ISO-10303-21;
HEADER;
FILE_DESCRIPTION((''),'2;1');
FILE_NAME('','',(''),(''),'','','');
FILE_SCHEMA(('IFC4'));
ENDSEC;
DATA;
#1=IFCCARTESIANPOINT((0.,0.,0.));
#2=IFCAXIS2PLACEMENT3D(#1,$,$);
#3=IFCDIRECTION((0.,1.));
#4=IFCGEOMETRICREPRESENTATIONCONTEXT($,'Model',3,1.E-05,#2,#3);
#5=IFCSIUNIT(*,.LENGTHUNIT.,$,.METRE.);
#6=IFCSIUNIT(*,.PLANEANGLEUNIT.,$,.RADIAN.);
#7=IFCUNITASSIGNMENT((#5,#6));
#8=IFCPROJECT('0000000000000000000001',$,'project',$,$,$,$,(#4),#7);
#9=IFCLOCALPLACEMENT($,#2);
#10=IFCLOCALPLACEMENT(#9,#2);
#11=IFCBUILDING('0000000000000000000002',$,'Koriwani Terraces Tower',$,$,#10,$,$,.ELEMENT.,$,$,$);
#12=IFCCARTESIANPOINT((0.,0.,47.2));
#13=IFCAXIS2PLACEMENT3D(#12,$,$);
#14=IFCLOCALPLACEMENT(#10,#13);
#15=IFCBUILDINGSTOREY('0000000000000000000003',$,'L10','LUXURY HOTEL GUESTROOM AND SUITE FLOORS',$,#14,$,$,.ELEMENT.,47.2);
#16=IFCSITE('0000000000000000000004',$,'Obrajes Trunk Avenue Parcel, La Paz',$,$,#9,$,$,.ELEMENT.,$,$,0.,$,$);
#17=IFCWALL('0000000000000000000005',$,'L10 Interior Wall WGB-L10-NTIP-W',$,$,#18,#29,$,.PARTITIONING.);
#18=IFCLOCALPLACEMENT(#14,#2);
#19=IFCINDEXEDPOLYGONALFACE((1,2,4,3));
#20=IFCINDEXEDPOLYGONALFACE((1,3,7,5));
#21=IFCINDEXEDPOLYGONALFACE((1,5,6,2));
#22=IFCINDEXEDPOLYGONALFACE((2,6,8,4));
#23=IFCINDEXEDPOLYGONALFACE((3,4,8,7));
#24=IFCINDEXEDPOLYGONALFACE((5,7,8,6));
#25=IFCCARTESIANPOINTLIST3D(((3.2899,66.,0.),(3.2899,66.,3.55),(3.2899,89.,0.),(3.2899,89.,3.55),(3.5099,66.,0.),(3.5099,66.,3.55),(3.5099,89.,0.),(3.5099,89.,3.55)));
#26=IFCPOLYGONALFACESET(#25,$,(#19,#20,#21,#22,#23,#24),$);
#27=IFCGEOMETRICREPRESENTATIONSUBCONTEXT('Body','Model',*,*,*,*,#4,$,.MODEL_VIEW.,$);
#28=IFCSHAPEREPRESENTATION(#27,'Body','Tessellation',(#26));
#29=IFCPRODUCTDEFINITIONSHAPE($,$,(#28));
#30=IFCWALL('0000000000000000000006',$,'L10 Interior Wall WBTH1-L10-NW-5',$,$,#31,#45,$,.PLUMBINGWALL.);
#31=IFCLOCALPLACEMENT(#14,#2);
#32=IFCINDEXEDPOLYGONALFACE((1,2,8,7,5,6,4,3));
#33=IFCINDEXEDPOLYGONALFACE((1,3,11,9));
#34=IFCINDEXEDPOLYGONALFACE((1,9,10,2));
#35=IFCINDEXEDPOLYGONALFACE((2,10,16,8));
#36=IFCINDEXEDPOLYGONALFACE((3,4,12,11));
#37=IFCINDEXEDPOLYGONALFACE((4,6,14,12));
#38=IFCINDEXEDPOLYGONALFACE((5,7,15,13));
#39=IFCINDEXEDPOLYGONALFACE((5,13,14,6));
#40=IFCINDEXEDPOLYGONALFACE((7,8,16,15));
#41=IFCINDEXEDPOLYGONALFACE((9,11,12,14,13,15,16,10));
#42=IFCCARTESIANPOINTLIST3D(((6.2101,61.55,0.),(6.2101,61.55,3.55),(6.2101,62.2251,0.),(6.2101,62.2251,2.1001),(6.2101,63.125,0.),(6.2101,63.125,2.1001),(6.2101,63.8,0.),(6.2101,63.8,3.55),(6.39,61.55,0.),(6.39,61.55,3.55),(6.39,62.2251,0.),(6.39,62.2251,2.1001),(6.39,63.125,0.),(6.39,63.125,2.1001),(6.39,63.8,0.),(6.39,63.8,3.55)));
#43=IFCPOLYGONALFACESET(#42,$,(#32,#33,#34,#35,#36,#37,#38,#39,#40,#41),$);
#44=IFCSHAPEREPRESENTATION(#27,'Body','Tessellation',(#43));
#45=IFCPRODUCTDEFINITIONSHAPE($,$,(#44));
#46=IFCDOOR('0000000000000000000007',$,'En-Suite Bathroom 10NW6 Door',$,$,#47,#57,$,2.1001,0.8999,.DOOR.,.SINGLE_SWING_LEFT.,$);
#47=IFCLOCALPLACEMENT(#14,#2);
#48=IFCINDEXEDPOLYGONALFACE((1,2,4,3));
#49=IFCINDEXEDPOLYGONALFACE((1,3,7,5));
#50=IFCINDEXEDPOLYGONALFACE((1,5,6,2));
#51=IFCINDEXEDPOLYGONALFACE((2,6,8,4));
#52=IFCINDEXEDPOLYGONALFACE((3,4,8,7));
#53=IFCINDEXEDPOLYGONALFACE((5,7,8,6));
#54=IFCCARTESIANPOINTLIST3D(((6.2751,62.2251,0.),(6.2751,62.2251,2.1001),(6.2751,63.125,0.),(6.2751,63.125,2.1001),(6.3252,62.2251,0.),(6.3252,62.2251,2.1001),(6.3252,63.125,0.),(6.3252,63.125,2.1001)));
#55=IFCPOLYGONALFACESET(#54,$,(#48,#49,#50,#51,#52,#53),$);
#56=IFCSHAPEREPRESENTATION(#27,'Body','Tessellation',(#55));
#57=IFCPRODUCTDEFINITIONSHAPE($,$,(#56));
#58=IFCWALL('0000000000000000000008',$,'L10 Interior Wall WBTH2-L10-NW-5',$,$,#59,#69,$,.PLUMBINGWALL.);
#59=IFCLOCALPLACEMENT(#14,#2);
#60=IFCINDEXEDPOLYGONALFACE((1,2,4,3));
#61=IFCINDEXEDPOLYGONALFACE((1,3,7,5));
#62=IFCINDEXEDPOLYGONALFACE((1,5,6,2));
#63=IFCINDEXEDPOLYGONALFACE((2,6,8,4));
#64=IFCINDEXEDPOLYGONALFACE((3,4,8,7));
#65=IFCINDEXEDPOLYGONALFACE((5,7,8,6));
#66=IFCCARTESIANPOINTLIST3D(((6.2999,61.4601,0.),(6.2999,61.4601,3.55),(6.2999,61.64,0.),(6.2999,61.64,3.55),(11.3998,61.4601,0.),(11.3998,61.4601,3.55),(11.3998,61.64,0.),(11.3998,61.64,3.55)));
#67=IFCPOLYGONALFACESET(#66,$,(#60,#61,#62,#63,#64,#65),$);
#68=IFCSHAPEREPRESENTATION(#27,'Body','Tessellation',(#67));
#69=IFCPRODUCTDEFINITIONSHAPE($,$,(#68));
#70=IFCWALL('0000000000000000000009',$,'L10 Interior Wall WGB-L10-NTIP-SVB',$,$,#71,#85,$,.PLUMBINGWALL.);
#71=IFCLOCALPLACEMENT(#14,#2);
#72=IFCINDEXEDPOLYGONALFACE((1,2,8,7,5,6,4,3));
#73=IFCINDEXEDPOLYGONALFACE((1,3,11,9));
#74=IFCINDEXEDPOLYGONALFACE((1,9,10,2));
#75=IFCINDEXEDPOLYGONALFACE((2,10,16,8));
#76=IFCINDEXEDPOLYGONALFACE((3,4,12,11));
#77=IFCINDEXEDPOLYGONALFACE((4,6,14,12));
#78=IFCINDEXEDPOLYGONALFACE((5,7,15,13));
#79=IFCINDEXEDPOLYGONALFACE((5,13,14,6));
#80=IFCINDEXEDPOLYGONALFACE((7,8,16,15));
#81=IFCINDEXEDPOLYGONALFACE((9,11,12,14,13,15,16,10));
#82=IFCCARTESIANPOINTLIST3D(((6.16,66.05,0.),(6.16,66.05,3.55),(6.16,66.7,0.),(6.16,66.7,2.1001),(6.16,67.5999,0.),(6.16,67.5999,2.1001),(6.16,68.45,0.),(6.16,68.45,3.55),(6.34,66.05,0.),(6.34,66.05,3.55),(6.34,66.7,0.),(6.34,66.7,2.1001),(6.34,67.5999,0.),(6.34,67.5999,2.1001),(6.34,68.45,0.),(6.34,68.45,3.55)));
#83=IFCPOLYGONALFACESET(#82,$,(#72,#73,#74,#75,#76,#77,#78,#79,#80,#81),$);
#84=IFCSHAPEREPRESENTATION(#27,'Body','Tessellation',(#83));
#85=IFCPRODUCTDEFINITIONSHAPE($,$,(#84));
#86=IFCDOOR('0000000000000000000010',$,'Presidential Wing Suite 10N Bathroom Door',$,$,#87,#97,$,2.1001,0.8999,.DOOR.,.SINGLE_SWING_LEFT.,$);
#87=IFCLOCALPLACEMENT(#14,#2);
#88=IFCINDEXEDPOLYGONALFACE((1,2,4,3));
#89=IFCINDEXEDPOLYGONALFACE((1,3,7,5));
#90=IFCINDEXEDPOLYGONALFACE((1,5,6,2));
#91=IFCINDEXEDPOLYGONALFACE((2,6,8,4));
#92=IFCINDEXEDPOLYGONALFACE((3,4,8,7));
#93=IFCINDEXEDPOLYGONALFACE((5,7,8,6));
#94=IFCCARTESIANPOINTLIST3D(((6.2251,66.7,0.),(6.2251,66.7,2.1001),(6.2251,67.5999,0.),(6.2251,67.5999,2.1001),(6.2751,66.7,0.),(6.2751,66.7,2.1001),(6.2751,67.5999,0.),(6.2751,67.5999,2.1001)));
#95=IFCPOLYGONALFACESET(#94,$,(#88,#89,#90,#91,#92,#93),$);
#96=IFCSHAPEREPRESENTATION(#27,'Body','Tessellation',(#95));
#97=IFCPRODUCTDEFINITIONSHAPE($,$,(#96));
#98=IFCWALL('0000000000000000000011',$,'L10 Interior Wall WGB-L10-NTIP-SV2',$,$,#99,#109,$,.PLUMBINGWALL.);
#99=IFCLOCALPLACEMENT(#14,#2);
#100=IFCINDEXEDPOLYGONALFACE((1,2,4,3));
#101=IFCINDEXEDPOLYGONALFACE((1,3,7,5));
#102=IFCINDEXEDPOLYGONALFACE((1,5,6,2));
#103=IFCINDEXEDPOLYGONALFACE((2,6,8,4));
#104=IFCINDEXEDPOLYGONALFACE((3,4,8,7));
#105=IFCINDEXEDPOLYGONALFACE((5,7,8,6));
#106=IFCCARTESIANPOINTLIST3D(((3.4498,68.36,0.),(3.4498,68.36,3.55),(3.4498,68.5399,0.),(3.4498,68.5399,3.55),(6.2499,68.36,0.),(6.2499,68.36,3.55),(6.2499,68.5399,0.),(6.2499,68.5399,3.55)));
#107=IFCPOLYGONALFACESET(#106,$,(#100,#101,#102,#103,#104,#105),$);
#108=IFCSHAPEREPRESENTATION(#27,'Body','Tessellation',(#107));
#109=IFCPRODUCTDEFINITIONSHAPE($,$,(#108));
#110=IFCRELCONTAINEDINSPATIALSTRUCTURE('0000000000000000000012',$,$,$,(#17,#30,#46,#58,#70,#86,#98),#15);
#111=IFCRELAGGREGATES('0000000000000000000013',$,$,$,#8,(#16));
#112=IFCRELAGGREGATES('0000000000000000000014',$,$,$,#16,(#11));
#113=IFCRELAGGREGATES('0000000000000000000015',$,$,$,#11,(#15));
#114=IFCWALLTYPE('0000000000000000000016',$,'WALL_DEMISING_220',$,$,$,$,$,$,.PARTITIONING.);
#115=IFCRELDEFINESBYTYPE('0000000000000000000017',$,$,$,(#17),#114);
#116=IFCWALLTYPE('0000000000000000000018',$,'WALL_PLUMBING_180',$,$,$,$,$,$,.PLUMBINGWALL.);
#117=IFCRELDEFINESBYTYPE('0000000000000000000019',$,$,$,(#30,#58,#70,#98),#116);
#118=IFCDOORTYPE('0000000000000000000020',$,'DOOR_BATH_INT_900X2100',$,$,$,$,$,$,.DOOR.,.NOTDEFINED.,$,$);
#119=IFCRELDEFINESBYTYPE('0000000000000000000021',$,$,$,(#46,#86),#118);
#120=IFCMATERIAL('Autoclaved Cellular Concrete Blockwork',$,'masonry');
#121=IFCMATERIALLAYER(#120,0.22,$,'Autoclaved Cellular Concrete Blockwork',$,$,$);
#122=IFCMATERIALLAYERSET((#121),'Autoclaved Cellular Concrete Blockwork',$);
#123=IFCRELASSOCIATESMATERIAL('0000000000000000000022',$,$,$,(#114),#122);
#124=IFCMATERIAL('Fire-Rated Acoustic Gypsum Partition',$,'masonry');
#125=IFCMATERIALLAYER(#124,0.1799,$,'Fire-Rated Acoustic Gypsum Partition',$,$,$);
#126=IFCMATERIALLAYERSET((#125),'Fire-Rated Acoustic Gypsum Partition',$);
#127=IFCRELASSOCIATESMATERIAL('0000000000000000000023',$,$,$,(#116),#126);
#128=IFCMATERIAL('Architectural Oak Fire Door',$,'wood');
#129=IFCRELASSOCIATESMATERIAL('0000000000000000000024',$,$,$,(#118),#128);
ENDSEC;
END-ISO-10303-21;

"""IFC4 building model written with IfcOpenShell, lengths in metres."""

from ifc_helpers import new_model, si_unit, direction, frame, frame_2d, origin, place, context, subcontext, project, spatial, rectangle, extrude, material, layer, layer_set, type_object, element, fill, save


model = new_model("IFC4")

# Units and contexts
model_context = context("Model", 3, precision=1e-05, world=origin(), true_north=direction((0.0, 1.0)))
body_context = subcontext(model_context, "Body", "Model", "MODEL_VIEW")
ifc_project = project(units=[si_unit("LENGTHUNIT", "METRE"), si_unit("PLANEANGLEUNIT", "RADIAN")], contexts=[model_context])

# Site, building, storey
site_placement = place(None, origin())
site = spatial("IfcSite", under=ifc_project, at=site_placement, Name="Obrajes Trunk Avenue Parcel, La Paz", CompositionType="ELEMENT", RefElevation=0.0)
building_placement = place(site_placement, origin())
building = spatial("IfcBuilding", under=site, at=building_placement, Name="Koriwani Terraces Tower", CompositionType="ELEMENT")
storey_placement = place(building_placement, frame((0.0, 0.0, 47.2)))
storey = spatial("IfcBuildingStorey", under=building, at=storey_placement, Name="L10", Description="LUXURY HOTEL GUESTROOM AND SUITE FLOORS", CompositionType="ELEMENT", Elevation=47.2)

# Shared definitions
ifc_material_1 = material(Name="Autoclaved Cellular Concrete Blockwork", Category="masonry")
ifc_material_2 = material(Name="Architectural Oak Fire Door", Category="wood")

# Wall
ifc_layer_1 = layer(ifc_material_1, 0.22, Name="Autoclaved Cellular Concrete Blockwork")
ifc_layer_set_1 = layer_set([ifc_layer_1], Name="Autoclaved Cellular Concrete Blockwork")
wall_type_1 = type_object("IfcWallType", Name="WALL_DEMISING_220", PredefinedType="PARTITIONING", material=ifc_layer_set_1)
wall_1_placement = place(storey_placement, frame((3.3999, 66.0, 0.0), z_axis=(0.0, 0.0, 1.0), x_axis=(0.0, 1.0, 0.0)))
element("IfcWall", 1, at=wall_1_placement, inside=storey, type_object=wall_type_1, Name="L10 Interior Wall WGB-L10-NTIP-W", PredefinedType="PARTITIONING", context=body_context, shape_type="SweptSolid", body=[
    extrude(rectangle(XDim=23.0, YDim=0.22, at=frame_2d((11.5, 0.0))), origin(), (0.0, 0.0, 1.0), 3.55),
])

# Wall, opening, door
ifc_material_3 = material(Name="Fire-Rated Acoustic Gypsum Partition", Category="masonry")
ifc_layer_2 = layer(ifc_material_3, 0.1799, Name="Fire-Rated Acoustic Gypsum Partition")
ifc_layer_set_2 = layer_set([ifc_layer_2], Name="Fire-Rated Acoustic Gypsum Partition")
wall_type_2 = type_object("IfcWallType", Name="WALL_PLUMBING_180", PredefinedType="PLUMBINGWALL", material=ifc_layer_set_2)
wall_2_placement = place(storey_placement, frame((6.3, 61.55, 0.0), z_axis=(0.0, 0.0, 1.0), x_axis=(0.0, 1.0, 0.0)))
wall_2 = element("IfcWall", 2, at=wall_2_placement, inside=storey, type_object=wall_type_2, Name="L10 Interior Wall WBTH1-L10-NW-5", PredefinedType="PLUMBINGWALL", context=body_context, shape_type="SweptSolid", body=[
    extrude(rectangle(XDim=2.25, YDim=0.1799, at=frame_2d((1.125, 0.0))), origin(), (0.0, 0.0, 1.0), 3.55),
])
opening_1_placement = place(wall_2_placement, frame((0.675, 0.0, 0.0)))
opening_1 = element("IfcOpeningElement", 3, at=opening_1_placement, cuts=wall_2, PredefinedType="OPENING", context=body_context, shape_type="SweptSolid", body=[
    extrude(rectangle(XDim=0.8999, YDim=2.1001, at=frame_2d((0.45, 1.05))), frame((0.0, 0.1001, 0.0), z_axis=(0.0, -1.0, 0.0), x_axis=(1.0, 0.0, 0.0)), (0.0, 0.0, 1.0), 0.2),
])
door_type_1 = type_object("IfcDoorType", Name="DOOR_BATH_INT_900X2100", OperationType="NOTDEFINED", PredefinedType="DOOR", material=ifc_material_2)
door_1_placement = place(opening_1_placement, origin())
door_1 = element("IfcDoor", 4, at=door_1_placement, inside=storey, type_object=door_type_1, Name="En-Suite Bathroom 10NW6 Door", OperationType="SINGLE_SWING_LEFT", OverallHeight=2.1001, OverallWidth=0.8999, PredefinedType="DOOR", context=body_context, shape_type="SweptSolid", body=[
    extrude(rectangle(XDim=0.8999, YDim=2.1001, at=frame_2d((0.45, 1.05))), frame((0.0, 0.0249, 0.0), z_axis=(0.0, -1.0, 0.0), x_axis=(1.0, 0.0, 0.0)), (0.0, 0.0, 1.0), 0.05),
])
fill(opening_1, door_1)

# Wall
wall_3_placement = place(storey_placement, frame((6.3, 61.55, 0.0), z_axis=(0.0, 0.0, 1.0), x_axis=(1.0, 0.0, 0.0)))
element("IfcWall", 5, at=wall_3_placement, inside=storey, type_object=wall_type_2, Name="L10 Interior Wall WBTH2-L10-NW-5", PredefinedType="PLUMBINGWALL", context=body_context, shape_type="SweptSolid", body=[
    extrude(rectangle(XDim=5.0999, YDim=0.1799, at=frame_2d((2.5498, 0.0))), origin(), (0.0, 0.0, 1.0), 3.55),
])

# Wall, opening, door
wall_4_placement = place(storey_placement, frame((6.25, 66.05, 0.0), z_axis=(0.0, 0.0, 1.0), x_axis=(0.0, 1.0, 0.0)))
wall_4 = element("IfcWall", 6, at=wall_4_placement, inside=storey, type_object=wall_type_2, Name="L10 Interior Wall WGB-L10-NTIP-SVB", PredefinedType="PLUMBINGWALL", context=body_context, shape_type="SweptSolid", body=[
    extrude(rectangle(XDim=2.3999, YDim=0.1799, at=frame_2d((1.2, 0.0))), origin(), (0.0, 0.0, 1.0), 3.55),
])
opening_2_placement = place(wall_4_placement, frame((0.6499, 0.0, 0.0)))
opening_2 = element("IfcOpeningElement", 7, at=opening_2_placement, cuts=wall_4, PredefinedType="OPENING", context=body_context, shape_type="SweptSolid", body=[
    extrude(rectangle(XDim=0.8999, YDim=2.1001, at=frame_2d((0.45, 1.05))), frame((0.0, 0.1001, 0.0), z_axis=(0.0, -1.0, 0.0), x_axis=(1.0, 0.0, 0.0)), (0.0, 0.0, 1.0), 0.2),
])
door_2_placement = place(opening_2_placement, origin())
door_2 = element("IfcDoor", 8, at=door_2_placement, inside=storey, type_object=door_type_1, Name="Presidential Wing Suite 10N Bathroom Door", OperationType="SINGLE_SWING_LEFT", OverallHeight=2.1001, OverallWidth=0.8999, PredefinedType="DOOR", context=body_context, shape_type="SweptSolid", body=[
    extrude(rectangle(XDim=0.8999, YDim=2.1001, at=frame_2d((0.45, 1.05))), frame((0.0, 0.0249, 0.0), z_axis=(0.0, -1.0, 0.0), x_axis=(1.0, 0.0, 0.0)), (0.0, 0.0, 1.0), 0.05),
])
fill(opening_2, door_2)

# Wall
wall_5_placement = place(storey_placement, frame((3.45, 68.45, 0.0), z_axis=(0.0, 0.0, 1.0), x_axis=(1.0, 0.0, 0.0)))
element("IfcWall", 9, at=wall_5_placement, inside=storey, type_object=wall_type_2, Name="L10 Interior Wall WGB-L10-NTIP-SV2", PredefinedType="PLUMBINGWALL", context=body_context, shape_type="SweptSolid", body=[
    extrude(rectangle(XDim=2.8, YDim=0.1799, at=frame_2d((1.3999, 0.0))), origin(), (0.0, 0.0, 1.0), 3.55),
])

save(model, "model.ifc")
